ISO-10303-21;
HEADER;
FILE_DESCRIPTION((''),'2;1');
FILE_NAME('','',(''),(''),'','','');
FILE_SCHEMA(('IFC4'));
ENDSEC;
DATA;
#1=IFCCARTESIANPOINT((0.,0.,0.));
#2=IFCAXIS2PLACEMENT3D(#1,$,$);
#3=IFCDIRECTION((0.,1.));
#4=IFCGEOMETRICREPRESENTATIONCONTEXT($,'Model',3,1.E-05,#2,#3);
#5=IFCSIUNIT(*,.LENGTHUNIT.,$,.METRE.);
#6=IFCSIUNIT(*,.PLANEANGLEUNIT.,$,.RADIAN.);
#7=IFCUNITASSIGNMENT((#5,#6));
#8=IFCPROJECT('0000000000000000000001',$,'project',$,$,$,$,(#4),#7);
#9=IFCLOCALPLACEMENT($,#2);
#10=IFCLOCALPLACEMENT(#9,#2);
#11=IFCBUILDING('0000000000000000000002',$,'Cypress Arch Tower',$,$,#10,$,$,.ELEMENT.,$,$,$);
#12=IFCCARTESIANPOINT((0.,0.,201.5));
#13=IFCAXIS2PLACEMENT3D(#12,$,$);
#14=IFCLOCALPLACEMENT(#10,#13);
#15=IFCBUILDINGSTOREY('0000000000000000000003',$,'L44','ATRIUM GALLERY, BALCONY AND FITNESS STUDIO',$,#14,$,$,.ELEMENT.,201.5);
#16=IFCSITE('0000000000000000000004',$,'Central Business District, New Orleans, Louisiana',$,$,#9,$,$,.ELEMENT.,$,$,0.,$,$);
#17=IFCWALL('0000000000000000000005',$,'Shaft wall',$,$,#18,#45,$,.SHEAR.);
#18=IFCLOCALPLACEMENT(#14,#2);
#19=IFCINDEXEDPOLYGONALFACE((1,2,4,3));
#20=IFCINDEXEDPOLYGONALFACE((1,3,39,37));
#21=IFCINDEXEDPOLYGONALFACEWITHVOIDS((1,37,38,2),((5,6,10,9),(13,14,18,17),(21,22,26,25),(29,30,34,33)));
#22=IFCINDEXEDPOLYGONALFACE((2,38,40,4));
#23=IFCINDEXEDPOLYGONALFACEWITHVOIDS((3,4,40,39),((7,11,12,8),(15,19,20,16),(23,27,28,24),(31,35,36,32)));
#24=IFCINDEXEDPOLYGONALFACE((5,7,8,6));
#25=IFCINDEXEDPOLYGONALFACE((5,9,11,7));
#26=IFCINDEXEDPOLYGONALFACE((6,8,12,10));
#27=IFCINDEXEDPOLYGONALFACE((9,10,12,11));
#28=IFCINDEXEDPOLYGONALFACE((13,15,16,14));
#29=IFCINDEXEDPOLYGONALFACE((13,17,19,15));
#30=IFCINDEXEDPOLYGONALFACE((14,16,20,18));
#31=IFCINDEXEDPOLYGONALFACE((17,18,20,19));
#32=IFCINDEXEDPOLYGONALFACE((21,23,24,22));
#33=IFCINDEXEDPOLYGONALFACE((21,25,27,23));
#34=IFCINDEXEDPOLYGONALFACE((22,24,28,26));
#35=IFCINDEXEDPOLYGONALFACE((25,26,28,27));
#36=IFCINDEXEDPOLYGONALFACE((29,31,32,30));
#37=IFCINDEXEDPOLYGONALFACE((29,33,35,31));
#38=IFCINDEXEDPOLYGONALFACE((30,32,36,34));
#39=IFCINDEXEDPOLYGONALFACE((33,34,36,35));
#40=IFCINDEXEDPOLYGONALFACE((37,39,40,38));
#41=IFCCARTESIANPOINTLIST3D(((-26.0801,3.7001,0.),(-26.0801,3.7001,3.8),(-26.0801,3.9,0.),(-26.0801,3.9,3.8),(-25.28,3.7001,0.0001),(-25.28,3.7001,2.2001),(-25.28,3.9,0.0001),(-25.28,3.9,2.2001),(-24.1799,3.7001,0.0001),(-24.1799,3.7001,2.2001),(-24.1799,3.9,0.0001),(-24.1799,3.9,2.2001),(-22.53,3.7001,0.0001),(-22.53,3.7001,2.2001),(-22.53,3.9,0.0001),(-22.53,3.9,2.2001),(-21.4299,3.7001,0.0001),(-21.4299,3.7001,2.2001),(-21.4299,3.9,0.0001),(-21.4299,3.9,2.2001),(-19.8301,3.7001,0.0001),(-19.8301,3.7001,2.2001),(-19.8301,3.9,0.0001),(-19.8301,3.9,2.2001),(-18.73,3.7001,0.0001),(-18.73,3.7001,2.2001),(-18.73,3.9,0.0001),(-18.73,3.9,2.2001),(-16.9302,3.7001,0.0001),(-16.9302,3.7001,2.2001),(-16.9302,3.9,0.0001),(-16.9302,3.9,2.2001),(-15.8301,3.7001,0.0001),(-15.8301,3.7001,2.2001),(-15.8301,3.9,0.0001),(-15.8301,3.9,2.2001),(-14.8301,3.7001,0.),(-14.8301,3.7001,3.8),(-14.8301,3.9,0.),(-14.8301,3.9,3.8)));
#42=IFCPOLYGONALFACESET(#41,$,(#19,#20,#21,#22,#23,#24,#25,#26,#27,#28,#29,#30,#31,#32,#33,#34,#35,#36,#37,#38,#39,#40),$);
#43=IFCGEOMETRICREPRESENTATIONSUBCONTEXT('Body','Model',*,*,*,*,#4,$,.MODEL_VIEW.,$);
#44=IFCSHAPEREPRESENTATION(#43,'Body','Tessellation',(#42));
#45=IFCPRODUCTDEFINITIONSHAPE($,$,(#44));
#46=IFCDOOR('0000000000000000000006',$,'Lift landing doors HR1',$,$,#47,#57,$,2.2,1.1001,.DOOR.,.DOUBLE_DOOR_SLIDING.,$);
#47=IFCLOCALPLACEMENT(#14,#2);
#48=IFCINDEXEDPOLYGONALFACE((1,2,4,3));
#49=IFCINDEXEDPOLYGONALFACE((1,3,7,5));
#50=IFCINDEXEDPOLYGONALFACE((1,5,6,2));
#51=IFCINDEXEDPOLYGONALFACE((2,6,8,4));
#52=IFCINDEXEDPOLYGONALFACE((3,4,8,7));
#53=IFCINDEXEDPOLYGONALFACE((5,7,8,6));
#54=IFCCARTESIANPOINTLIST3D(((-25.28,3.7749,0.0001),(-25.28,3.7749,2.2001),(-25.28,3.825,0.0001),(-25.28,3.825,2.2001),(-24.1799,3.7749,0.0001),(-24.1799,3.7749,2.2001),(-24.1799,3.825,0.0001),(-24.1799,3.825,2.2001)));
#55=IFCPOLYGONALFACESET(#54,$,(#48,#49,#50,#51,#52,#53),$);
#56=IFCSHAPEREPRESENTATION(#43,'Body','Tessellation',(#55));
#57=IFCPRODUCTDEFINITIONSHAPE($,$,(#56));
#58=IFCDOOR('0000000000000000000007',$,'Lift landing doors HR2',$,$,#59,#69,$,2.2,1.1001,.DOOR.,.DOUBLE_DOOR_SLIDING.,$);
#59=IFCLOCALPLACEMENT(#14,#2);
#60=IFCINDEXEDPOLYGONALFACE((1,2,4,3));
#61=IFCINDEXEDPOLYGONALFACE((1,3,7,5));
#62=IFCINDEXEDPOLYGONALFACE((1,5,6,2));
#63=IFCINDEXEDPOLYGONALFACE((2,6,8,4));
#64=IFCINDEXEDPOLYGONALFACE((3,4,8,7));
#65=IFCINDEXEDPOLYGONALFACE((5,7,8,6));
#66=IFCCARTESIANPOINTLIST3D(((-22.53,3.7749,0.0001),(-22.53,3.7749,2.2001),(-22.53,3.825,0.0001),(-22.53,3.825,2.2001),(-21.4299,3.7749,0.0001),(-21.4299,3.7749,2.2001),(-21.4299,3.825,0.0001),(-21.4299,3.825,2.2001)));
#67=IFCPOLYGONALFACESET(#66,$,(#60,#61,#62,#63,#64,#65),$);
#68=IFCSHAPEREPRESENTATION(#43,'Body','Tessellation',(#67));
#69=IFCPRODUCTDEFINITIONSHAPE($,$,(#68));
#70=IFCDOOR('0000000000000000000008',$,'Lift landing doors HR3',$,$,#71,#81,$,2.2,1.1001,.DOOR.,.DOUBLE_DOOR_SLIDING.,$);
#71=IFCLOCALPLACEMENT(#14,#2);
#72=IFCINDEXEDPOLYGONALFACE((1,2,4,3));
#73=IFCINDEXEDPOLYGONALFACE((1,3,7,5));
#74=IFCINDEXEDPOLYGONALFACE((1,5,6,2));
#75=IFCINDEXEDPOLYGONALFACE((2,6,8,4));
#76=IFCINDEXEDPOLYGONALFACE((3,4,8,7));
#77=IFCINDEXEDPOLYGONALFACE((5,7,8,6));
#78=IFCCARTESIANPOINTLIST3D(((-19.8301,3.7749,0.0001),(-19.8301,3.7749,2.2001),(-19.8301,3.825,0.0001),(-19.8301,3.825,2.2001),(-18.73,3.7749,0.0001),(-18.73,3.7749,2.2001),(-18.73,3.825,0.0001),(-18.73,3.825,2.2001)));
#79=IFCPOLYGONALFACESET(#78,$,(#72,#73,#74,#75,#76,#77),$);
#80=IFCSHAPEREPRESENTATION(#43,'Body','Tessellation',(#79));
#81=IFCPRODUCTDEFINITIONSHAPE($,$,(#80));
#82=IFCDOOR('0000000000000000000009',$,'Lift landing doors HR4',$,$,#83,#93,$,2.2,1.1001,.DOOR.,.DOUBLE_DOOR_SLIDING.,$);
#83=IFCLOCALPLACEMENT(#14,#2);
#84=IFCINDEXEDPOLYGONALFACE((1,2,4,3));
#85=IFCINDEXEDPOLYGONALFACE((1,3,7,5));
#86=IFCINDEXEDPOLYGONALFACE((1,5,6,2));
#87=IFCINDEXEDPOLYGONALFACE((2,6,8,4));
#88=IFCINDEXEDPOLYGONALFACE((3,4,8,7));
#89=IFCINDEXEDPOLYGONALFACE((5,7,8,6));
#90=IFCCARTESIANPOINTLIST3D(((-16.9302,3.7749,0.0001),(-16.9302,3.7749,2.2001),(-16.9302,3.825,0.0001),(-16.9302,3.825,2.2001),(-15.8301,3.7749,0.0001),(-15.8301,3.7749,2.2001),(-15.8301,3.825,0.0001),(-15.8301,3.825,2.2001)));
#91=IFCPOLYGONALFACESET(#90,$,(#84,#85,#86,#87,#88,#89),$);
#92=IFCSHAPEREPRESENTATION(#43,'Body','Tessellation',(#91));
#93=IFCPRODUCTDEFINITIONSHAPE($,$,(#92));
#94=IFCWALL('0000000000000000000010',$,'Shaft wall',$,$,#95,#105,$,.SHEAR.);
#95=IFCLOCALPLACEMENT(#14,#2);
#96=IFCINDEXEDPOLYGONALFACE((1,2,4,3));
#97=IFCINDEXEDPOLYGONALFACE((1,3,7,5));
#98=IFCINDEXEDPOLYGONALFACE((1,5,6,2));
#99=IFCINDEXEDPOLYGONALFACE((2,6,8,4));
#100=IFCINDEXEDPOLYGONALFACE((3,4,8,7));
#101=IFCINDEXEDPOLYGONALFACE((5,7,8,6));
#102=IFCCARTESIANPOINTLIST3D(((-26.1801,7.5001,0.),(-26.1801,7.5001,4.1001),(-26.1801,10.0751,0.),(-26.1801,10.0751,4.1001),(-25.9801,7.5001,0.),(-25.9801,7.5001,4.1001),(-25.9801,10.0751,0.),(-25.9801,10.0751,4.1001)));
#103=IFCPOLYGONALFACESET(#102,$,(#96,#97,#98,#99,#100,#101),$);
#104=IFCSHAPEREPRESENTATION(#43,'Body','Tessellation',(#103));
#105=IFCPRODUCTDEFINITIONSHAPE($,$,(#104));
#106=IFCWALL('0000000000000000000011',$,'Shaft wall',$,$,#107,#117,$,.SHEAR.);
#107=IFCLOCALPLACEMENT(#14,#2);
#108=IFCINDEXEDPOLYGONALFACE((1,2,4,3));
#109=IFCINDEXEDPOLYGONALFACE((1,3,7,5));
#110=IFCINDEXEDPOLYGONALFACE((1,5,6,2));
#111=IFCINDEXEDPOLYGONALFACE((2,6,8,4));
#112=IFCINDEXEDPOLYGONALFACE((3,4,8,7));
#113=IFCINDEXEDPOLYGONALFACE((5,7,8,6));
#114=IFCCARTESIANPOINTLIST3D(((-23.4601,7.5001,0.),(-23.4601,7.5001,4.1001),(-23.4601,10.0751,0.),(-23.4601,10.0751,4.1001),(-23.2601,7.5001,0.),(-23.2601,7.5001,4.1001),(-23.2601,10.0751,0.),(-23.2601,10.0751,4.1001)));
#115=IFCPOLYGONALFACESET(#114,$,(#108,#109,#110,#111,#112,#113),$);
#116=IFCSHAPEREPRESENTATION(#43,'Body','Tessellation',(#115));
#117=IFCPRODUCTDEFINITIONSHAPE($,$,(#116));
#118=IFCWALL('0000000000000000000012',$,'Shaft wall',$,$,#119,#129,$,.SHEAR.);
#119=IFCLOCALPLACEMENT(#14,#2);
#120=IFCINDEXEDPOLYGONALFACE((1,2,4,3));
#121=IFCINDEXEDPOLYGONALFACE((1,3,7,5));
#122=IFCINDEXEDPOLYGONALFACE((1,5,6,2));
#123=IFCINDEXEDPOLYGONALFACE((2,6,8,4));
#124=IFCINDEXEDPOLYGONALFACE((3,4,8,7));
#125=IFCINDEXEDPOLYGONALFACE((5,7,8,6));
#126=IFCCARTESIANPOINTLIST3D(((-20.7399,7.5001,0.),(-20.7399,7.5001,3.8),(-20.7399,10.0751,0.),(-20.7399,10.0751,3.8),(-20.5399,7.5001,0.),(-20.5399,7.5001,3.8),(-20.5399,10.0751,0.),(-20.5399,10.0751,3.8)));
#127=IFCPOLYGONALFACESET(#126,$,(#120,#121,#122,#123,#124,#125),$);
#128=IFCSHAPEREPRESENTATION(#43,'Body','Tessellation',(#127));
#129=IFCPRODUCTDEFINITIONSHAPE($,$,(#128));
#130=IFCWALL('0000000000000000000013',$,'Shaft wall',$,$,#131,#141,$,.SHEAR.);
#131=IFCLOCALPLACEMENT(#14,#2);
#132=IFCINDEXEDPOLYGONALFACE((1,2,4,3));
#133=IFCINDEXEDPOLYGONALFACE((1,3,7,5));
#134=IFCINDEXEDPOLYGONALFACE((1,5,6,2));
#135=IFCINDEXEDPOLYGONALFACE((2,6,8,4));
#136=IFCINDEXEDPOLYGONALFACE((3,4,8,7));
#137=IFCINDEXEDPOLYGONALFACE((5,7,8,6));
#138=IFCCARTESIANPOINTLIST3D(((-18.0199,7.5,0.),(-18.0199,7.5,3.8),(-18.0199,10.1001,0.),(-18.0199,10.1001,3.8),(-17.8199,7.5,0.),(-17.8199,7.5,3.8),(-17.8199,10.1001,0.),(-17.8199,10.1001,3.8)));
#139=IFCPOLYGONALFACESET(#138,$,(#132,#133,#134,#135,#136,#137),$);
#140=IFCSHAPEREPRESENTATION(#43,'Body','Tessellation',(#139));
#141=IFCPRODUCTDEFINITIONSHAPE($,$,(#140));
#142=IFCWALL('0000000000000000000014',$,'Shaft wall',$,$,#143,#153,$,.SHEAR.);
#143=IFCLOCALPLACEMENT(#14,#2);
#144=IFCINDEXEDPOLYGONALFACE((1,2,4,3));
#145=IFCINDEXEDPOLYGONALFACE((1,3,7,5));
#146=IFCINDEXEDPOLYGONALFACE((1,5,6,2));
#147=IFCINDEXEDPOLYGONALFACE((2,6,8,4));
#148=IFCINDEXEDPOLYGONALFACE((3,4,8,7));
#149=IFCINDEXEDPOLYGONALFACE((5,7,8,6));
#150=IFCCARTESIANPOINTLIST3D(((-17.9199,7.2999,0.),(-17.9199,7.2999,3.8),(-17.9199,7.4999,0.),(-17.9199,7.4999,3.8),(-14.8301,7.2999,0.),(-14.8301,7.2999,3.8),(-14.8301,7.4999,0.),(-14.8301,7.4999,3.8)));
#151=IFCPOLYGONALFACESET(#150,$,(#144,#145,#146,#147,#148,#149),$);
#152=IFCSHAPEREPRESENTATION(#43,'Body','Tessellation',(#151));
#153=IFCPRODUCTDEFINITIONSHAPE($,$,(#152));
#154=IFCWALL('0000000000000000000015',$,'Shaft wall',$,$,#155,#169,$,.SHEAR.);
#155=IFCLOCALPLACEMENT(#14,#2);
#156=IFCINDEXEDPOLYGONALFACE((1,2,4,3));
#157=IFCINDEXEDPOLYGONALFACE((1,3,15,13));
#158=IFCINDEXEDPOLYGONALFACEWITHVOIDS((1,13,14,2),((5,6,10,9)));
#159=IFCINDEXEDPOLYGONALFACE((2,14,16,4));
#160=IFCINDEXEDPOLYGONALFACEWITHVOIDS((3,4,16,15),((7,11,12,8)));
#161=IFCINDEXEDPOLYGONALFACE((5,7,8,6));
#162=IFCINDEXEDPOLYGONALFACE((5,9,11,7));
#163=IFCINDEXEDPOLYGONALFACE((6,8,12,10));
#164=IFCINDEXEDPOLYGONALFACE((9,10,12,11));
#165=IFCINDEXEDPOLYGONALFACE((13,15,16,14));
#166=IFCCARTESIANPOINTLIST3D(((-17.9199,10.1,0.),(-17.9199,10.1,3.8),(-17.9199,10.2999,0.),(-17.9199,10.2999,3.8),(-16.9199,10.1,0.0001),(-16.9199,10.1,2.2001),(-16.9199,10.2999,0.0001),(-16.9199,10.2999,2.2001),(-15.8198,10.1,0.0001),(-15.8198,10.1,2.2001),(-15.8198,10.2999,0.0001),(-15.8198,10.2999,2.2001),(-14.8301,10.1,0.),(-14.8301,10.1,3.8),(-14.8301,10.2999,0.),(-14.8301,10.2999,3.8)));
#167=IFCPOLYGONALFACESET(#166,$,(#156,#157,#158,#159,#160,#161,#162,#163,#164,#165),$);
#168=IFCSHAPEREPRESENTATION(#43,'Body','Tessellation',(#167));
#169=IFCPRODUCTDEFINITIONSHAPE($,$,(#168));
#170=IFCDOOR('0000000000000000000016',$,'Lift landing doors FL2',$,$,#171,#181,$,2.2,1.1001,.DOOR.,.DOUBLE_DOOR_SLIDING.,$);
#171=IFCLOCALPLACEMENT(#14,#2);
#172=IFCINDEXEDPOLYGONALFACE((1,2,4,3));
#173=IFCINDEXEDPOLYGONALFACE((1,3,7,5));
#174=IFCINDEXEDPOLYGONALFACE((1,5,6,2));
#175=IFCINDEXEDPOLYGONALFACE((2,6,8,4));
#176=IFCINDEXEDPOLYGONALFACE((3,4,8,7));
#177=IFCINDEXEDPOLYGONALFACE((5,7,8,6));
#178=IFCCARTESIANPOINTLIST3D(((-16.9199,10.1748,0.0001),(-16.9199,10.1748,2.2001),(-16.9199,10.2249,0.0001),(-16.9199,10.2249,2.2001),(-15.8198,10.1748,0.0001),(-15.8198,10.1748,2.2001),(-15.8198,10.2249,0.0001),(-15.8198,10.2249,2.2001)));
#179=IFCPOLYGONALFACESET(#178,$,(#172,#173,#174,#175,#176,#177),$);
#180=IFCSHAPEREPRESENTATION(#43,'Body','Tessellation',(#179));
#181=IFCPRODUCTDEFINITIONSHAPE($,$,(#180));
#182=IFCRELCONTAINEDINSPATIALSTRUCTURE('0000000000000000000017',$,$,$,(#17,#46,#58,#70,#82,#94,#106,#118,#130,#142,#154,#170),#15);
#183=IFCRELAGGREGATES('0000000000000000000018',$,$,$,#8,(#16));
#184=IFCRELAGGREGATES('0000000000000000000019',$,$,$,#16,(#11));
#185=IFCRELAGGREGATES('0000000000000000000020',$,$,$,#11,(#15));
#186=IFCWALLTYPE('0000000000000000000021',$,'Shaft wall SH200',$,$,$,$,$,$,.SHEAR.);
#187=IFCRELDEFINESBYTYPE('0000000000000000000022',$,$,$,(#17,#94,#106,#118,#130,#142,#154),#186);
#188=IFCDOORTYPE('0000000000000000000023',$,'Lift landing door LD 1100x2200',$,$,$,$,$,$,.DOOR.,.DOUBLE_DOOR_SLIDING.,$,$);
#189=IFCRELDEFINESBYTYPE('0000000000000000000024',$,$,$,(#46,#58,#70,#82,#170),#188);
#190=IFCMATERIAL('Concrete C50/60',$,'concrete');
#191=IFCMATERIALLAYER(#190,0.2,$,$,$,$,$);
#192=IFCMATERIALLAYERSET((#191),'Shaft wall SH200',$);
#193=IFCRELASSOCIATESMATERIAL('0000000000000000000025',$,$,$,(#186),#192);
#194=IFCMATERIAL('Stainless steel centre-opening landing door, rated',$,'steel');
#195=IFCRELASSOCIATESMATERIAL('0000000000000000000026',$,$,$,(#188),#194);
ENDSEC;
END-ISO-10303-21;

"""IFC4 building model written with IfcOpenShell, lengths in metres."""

from ifc_helpers import new_model, si_unit, direction, frame, frame_2d, origin, place, context, subcontext, project, spatial, rectangle, extrude, material, layer, layer_set, type_object, element, fill, save


model = new_model("IFC4")

# Units and contexts
model_context = context("Model", 3, precision=1e-05, world=origin(), true_north=direction((0.0, 1.0)))
body_context = subcontext(model_context, "Body", "Model", "MODEL_VIEW")
ifc_project = project(units=[si_unit("LENGTHUNIT", "METRE"), si_unit("PLANEANGLEUNIT", "RADIAN")], contexts=[model_context])

# Site, building, storey
site_placement = place(None, origin())
site = spatial("IfcSite", under=ifc_project, at=site_placement, Name="Central Business District, New Orleans, Louisiana", CompositionType="ELEMENT", RefElevation=0.0)
building_placement = place(site_placement, origin())
building = spatial("IfcBuilding", under=site, at=building_placement, Name="Cypress Arch Tower", CompositionType="ELEMENT")
storey_placement = place(building_placement, frame((0.0, 0.0, 201.5)))
storey = spatial("IfcBuildingStorey", under=building, at=storey_placement, Name="L44", Description="ATRIUM GALLERY, BALCONY AND FITNESS STUDIO", CompositionType="ELEMENT", Elevation=201.5)

# Wall, openings, doors
ifc_material_1 = material(Name="Concrete C50/60", Category="concrete")
ifc_layer_1 = layer(ifc_material_1, 0.2)
ifc_layer_set_1 = layer_set([ifc_layer_1], Name="Shaft wall SH200")
wall_type_1 = type_object("IfcWallType", Name="Shaft wall SH200", PredefinedType="SHEAR", material=ifc_layer_set_1)
ifc_material_2 = material(Name="Stainless steel centre-opening landing door, rated", Category="steel")
door_type_1 = type_object("IfcDoorType", Name="Lift landing door LD 1100x2200", OperationType="DOUBLE_DOOR_SLIDING", PredefinedType="DOOR", material=ifc_material_2)
wall_1_placement = place(storey_placement, frame((-26.0801, 3.8, 0.0), z_axis=(0.0, 0.0, 1.0), x_axis=(1.0, 0.0, 0.0)))
wall_1 = element("IfcWall", 1, at=wall_1_placement, inside=storey, type_object=wall_type_1, Name="Shaft wall", PredefinedType="SHEAR", context=body_context, shape_type="SweptSolid", body=[
    extrude(rectangle(XDim=11.25, YDim=0.2, at=frame_2d((5.625, 0.0))), origin(), (0.0, 0.0, 1.0), 3.8),
])
opening_1_placement = place(wall_1_placement, frame((0.8, 0.0, 0.0)))
opening_1 = element("IfcOpeningElement", 2, at=opening_1_placement, cuts=wall_1, PredefinedType="OPENING", context=body_context, shape_type="SweptSolid", body=[
    extrude(rectangle(XDim=1.1001, YDim=2.2, at=frame_2d((0.55, 1.1001))), frame((0.0, 0.1099, 0.0), z_axis=(0.0, -1.0, 0.0), x_axis=(1.0, 0.0, 0.0)), (0.0, 0.0, 1.0), 0.22),
])
opening_2_placement = place(wall_1_placement, frame((3.55, 0.0, 0.0)))
opening_2 = element("IfcOpeningElement", 3, at=opening_2_placement, cuts=wall_1, PredefinedType="OPENING", context=body_context, shape_type="SweptSolid", body=[
    extrude(rectangle(XDim=1.1001, YDim=2.2, at=frame_2d((0.55, 1.1001))), frame((0.0, 0.1099, 0.0), z_axis=(0.0, -1.0, 0.0), x_axis=(1.0, 0.0, 0.0)), (0.0, 0.0, 1.0), 0.22),
])
opening_3_placement = place(wall_1_placement, frame((6.25, 0.0, 0.0)))
opening_3 = element("IfcOpeningElement", 4, at=opening_3_placement, cuts=wall_1, PredefinedType="OPENING", context=body_context, shape_type="SweptSolid", body=[
    extrude(rectangle(XDim=1.1001, YDim=2.2, at=frame_2d((0.55, 1.1001))), frame((0.0, 0.1099, 0.0), z_axis=(0.0, -1.0, 0.0), x_axis=(1.0, 0.0, 0.0)), (0.0, 0.0, 1.0), 0.22),
])
opening_4_placement = place(wall_1_placement, frame((9.1499, 0.0, 0.0)))
opening_4 = element("IfcOpeningElement", 5, at=opening_4_placement, cuts=wall_1, PredefinedType="OPENING", context=body_context, shape_type="SweptSolid", body=[
    extrude(rectangle(XDim=1.1001, YDim=2.2, at=frame_2d((0.55, 1.1001))), frame((0.0, 0.1099, 0.0), z_axis=(0.0, -1.0, 0.0), x_axis=(1.0, 0.0, 0.0)), (0.0, 0.0, 1.0), 0.22),
])
door_1_placement = place(opening_1_placement, origin())
door_1 = element("IfcDoor", 6, at=door_1_placement, inside=storey, type_object=door_type_1, Name="Lift landing doors HR1", OperationType="DOUBLE_DOOR_SLIDING", OverallHeight=2.2, OverallWidth=1.1001, PredefinedType="DOOR", context=body_context, shape_type="SweptSolid", body=[
    extrude(rectangle(XDim=1.1001, YDim=2.2, at=frame_2d((0.55, 1.1001))), frame((0.0, 0.0249, 0.0), z_axis=(0.0, -1.0, 0.0), x_axis=(1.0, 0.0, 0.0)), (0.0, 0.0, 1.0), 0.05),
])
fill(opening_1, door_1)
door_2_placement = place(opening_2_placement, origin())
door_2 = element("IfcDoor", 7, at=door_2_placement, inside=storey, type_object=door_type_1, Name="Lift landing doors HR2", OperationType="DOUBLE_DOOR_SLIDING", OverallHeight=2.2, OverallWidth=1.1001, PredefinedType="DOOR", context=body_context, shape_type="SweptSolid", body=[
    extrude(rectangle(XDim=1.1001, YDim=2.2, at=frame_2d((0.55, 1.1001))), frame((0.0, 0.0249, 0.0), z_axis=(0.0, -1.0, 0.0), x_axis=(1.0, 0.0, 0.0)), (0.0, 0.0, 1.0), 0.05),
])
fill(opening_2, door_2)
door_3_placement = place(opening_3_placement, origin())
door_3 = element("IfcDoor", 8, at=door_3_placement, inside=storey, type_object=door_type_1, Name="Lift landing doors HR3", OperationType="DOUBLE_DOOR_SLIDING", OverallHeight=2.2, OverallWidth=1.1001, PredefinedType="DOOR", context=body_context, shape_type="SweptSolid", body=[
    extrude(rectangle(XDim=1.1001, YDim=2.2, at=frame_2d((0.55, 1.1001))), frame((0.0, 0.0249, 0.0), z_axis=(0.0, -1.0, 0.0), x_axis=(1.0, 0.0, 0.0)), (0.0, 0.0, 1.0), 0.05),
])
fill(opening_3, door_3)
door_4_placement = place(opening_4_placement, origin())
door_4 = element("IfcDoor", 9, at=door_4_placement, inside=storey, type_object=door_type_1, Name="Lift landing doors HR4", OperationType="DOUBLE_DOOR_SLIDING", OverallHeight=2.2, OverallWidth=1.1001, PredefinedType="DOOR", context=body_context, shape_type="SweptSolid", body=[
    extrude(rectangle(XDim=1.1001, YDim=2.2, at=frame_2d((0.55, 1.1001))), frame((0.0, 0.0249, 0.0), z_axis=(0.0, -1.0, 0.0), x_axis=(1.0, 0.0, 0.0)), (0.0, 0.0, 1.0), 0.05),
])
fill(opening_4, door_4)

# Walls
for number, where, z_axis, x_axis, name in (
    (10, (-26.0801, 7.5, 0.0), (0.0, 0.0, 1.0), (0.0, 1.0, 0.0), "Shaft wall"),
    (11, (-23.3601, 7.5, 0.0), (0.0, 0.0, 1.0), (0.0, 1.0, 0.0), "Shaft wall"),
):
    element("IfcWall", number, at=place(storey_placement, frame(where, z_axis=z_axis, x_axis=x_axis)), inside=storey, type_object=wall_type_1, Name=name, PredefinedType="SHEAR", context=body_context, shape_type="SweptSolid", body=[
        extrude(rectangle(XDim=2.575, YDim=0.2, at=frame_2d((1.2876, 0.0))), origin(), (0.0, 0.0, 1.0), 4.1001),
    ])
wall_2_placement = place(storey_placement, frame((-20.6399, 7.5, 0.0), z_axis=(0.0, 0.0, 1.0), x_axis=(0.0, 1.0, 0.0)))
element("IfcWall", 12, at=wall_2_placement, inside=storey, type_object=wall_type_1, Name="Shaft wall", PredefinedType="SHEAR", context=body_context, shape_type="SweptSolid", body=[
    extrude(rectangle(XDim=2.575, YDim=0.2, at=frame_2d((1.2876, 0.0))), origin(), (0.0, 0.0, 1.0), 3.8),
])
wall_3_placement = place(storey_placement, frame((-17.9199, 7.5, 0.0), z_axis=(0.0, 0.0, 1.0), x_axis=(0.0, 1.0, 0.0)))
element("IfcWall", 13, at=wall_3_placement, inside=storey, type_object=wall_type_1, Name="Shaft wall", PredefinedType="SHEAR", context=body_context, shape_type="SweptSolid", body=[
    extrude(rectangle(XDim=2.6001, YDim=0.2, at=frame_2d((1.3, 0.0))), origin(), (0.0, 0.0, 1.0), 3.8),
])
wall_4_placement = place(storey_placement, frame((-17.9199, 7.3999, 0.0), z_axis=(0.0, 0.0, 1.0), x_axis=(1.0, 0.0, 0.0)))
element("IfcWall", 14, at=wall_4_placement, inside=storey, type_object=wall_type_1, Name="Shaft wall", PredefinedType="SHEAR", context=body_context, shape_type="SweptSolid", body=[
    extrude(rectangle(XDim=3.0898, YDim=0.2, at=frame_2d((1.5449, 0.0))), origin(), (0.0, 0.0, 1.0), 3.8),
])

# Wall, opening, door
wall_5_placement = place(storey_placement, frame((-17.9199, 10.2, 0.0), z_axis=(0.0, 0.0, 1.0), x_axis=(1.0, 0.0, 0.0)))
wall_5 = element("IfcWall", 15, at=wall_5_placement, inside=storey, type_object=wall_type_1, Name="Shaft wall", PredefinedType="SHEAR", context=body_context, shape_type="SweptSolid", body=[
    extrude(rectangle(XDim=3.0898, YDim=0.2, at=frame_2d((1.5449, 0.0))), origin(), (0.0, 0.0, 1.0), 3.8),
])
opening_5_placement = place(wall_5_placement, frame((1.0, 0.0, 0.0)))
opening_5 = element("IfcOpeningElement", 16, at=opening_5_placement, cuts=wall_5, PredefinedType="OPENING", context=body_context, shape_type="SweptSolid", body=[
    extrude(rectangle(XDim=1.1001, YDim=2.2, at=frame_2d((0.55, 1.1001))), frame((0.0, 0.1099, 0.0), z_axis=(0.0, -1.0, 0.0), x_axis=(1.0, 0.0, 0.0)), (0.0, 0.0, 1.0), 0.22),
])
door_5_placement = place(opening_5_placement, origin())
door_5 = element("IfcDoor", 17, at=door_5_placement, inside=storey, type_object=door_type_1, Name="Lift landing doors FL2", OperationType="DOUBLE_DOOR_SLIDING", OverallHeight=2.2, OverallWidth=1.1001, PredefinedType="DOOR", context=body_context, shape_type="SweptSolid", body=[
    extrude(rectangle(XDim=1.1001, YDim=2.2, at=frame_2d((0.55, 1.1001))), frame((0.0, 0.0249, 0.0), z_axis=(0.0, -1.0, 0.0), x_axis=(1.0, 0.0, 0.0)), (0.0, 0.0, 1.0), 0.05),
])
fill(opening_5, door_5)

save(model, "model.ifc")
